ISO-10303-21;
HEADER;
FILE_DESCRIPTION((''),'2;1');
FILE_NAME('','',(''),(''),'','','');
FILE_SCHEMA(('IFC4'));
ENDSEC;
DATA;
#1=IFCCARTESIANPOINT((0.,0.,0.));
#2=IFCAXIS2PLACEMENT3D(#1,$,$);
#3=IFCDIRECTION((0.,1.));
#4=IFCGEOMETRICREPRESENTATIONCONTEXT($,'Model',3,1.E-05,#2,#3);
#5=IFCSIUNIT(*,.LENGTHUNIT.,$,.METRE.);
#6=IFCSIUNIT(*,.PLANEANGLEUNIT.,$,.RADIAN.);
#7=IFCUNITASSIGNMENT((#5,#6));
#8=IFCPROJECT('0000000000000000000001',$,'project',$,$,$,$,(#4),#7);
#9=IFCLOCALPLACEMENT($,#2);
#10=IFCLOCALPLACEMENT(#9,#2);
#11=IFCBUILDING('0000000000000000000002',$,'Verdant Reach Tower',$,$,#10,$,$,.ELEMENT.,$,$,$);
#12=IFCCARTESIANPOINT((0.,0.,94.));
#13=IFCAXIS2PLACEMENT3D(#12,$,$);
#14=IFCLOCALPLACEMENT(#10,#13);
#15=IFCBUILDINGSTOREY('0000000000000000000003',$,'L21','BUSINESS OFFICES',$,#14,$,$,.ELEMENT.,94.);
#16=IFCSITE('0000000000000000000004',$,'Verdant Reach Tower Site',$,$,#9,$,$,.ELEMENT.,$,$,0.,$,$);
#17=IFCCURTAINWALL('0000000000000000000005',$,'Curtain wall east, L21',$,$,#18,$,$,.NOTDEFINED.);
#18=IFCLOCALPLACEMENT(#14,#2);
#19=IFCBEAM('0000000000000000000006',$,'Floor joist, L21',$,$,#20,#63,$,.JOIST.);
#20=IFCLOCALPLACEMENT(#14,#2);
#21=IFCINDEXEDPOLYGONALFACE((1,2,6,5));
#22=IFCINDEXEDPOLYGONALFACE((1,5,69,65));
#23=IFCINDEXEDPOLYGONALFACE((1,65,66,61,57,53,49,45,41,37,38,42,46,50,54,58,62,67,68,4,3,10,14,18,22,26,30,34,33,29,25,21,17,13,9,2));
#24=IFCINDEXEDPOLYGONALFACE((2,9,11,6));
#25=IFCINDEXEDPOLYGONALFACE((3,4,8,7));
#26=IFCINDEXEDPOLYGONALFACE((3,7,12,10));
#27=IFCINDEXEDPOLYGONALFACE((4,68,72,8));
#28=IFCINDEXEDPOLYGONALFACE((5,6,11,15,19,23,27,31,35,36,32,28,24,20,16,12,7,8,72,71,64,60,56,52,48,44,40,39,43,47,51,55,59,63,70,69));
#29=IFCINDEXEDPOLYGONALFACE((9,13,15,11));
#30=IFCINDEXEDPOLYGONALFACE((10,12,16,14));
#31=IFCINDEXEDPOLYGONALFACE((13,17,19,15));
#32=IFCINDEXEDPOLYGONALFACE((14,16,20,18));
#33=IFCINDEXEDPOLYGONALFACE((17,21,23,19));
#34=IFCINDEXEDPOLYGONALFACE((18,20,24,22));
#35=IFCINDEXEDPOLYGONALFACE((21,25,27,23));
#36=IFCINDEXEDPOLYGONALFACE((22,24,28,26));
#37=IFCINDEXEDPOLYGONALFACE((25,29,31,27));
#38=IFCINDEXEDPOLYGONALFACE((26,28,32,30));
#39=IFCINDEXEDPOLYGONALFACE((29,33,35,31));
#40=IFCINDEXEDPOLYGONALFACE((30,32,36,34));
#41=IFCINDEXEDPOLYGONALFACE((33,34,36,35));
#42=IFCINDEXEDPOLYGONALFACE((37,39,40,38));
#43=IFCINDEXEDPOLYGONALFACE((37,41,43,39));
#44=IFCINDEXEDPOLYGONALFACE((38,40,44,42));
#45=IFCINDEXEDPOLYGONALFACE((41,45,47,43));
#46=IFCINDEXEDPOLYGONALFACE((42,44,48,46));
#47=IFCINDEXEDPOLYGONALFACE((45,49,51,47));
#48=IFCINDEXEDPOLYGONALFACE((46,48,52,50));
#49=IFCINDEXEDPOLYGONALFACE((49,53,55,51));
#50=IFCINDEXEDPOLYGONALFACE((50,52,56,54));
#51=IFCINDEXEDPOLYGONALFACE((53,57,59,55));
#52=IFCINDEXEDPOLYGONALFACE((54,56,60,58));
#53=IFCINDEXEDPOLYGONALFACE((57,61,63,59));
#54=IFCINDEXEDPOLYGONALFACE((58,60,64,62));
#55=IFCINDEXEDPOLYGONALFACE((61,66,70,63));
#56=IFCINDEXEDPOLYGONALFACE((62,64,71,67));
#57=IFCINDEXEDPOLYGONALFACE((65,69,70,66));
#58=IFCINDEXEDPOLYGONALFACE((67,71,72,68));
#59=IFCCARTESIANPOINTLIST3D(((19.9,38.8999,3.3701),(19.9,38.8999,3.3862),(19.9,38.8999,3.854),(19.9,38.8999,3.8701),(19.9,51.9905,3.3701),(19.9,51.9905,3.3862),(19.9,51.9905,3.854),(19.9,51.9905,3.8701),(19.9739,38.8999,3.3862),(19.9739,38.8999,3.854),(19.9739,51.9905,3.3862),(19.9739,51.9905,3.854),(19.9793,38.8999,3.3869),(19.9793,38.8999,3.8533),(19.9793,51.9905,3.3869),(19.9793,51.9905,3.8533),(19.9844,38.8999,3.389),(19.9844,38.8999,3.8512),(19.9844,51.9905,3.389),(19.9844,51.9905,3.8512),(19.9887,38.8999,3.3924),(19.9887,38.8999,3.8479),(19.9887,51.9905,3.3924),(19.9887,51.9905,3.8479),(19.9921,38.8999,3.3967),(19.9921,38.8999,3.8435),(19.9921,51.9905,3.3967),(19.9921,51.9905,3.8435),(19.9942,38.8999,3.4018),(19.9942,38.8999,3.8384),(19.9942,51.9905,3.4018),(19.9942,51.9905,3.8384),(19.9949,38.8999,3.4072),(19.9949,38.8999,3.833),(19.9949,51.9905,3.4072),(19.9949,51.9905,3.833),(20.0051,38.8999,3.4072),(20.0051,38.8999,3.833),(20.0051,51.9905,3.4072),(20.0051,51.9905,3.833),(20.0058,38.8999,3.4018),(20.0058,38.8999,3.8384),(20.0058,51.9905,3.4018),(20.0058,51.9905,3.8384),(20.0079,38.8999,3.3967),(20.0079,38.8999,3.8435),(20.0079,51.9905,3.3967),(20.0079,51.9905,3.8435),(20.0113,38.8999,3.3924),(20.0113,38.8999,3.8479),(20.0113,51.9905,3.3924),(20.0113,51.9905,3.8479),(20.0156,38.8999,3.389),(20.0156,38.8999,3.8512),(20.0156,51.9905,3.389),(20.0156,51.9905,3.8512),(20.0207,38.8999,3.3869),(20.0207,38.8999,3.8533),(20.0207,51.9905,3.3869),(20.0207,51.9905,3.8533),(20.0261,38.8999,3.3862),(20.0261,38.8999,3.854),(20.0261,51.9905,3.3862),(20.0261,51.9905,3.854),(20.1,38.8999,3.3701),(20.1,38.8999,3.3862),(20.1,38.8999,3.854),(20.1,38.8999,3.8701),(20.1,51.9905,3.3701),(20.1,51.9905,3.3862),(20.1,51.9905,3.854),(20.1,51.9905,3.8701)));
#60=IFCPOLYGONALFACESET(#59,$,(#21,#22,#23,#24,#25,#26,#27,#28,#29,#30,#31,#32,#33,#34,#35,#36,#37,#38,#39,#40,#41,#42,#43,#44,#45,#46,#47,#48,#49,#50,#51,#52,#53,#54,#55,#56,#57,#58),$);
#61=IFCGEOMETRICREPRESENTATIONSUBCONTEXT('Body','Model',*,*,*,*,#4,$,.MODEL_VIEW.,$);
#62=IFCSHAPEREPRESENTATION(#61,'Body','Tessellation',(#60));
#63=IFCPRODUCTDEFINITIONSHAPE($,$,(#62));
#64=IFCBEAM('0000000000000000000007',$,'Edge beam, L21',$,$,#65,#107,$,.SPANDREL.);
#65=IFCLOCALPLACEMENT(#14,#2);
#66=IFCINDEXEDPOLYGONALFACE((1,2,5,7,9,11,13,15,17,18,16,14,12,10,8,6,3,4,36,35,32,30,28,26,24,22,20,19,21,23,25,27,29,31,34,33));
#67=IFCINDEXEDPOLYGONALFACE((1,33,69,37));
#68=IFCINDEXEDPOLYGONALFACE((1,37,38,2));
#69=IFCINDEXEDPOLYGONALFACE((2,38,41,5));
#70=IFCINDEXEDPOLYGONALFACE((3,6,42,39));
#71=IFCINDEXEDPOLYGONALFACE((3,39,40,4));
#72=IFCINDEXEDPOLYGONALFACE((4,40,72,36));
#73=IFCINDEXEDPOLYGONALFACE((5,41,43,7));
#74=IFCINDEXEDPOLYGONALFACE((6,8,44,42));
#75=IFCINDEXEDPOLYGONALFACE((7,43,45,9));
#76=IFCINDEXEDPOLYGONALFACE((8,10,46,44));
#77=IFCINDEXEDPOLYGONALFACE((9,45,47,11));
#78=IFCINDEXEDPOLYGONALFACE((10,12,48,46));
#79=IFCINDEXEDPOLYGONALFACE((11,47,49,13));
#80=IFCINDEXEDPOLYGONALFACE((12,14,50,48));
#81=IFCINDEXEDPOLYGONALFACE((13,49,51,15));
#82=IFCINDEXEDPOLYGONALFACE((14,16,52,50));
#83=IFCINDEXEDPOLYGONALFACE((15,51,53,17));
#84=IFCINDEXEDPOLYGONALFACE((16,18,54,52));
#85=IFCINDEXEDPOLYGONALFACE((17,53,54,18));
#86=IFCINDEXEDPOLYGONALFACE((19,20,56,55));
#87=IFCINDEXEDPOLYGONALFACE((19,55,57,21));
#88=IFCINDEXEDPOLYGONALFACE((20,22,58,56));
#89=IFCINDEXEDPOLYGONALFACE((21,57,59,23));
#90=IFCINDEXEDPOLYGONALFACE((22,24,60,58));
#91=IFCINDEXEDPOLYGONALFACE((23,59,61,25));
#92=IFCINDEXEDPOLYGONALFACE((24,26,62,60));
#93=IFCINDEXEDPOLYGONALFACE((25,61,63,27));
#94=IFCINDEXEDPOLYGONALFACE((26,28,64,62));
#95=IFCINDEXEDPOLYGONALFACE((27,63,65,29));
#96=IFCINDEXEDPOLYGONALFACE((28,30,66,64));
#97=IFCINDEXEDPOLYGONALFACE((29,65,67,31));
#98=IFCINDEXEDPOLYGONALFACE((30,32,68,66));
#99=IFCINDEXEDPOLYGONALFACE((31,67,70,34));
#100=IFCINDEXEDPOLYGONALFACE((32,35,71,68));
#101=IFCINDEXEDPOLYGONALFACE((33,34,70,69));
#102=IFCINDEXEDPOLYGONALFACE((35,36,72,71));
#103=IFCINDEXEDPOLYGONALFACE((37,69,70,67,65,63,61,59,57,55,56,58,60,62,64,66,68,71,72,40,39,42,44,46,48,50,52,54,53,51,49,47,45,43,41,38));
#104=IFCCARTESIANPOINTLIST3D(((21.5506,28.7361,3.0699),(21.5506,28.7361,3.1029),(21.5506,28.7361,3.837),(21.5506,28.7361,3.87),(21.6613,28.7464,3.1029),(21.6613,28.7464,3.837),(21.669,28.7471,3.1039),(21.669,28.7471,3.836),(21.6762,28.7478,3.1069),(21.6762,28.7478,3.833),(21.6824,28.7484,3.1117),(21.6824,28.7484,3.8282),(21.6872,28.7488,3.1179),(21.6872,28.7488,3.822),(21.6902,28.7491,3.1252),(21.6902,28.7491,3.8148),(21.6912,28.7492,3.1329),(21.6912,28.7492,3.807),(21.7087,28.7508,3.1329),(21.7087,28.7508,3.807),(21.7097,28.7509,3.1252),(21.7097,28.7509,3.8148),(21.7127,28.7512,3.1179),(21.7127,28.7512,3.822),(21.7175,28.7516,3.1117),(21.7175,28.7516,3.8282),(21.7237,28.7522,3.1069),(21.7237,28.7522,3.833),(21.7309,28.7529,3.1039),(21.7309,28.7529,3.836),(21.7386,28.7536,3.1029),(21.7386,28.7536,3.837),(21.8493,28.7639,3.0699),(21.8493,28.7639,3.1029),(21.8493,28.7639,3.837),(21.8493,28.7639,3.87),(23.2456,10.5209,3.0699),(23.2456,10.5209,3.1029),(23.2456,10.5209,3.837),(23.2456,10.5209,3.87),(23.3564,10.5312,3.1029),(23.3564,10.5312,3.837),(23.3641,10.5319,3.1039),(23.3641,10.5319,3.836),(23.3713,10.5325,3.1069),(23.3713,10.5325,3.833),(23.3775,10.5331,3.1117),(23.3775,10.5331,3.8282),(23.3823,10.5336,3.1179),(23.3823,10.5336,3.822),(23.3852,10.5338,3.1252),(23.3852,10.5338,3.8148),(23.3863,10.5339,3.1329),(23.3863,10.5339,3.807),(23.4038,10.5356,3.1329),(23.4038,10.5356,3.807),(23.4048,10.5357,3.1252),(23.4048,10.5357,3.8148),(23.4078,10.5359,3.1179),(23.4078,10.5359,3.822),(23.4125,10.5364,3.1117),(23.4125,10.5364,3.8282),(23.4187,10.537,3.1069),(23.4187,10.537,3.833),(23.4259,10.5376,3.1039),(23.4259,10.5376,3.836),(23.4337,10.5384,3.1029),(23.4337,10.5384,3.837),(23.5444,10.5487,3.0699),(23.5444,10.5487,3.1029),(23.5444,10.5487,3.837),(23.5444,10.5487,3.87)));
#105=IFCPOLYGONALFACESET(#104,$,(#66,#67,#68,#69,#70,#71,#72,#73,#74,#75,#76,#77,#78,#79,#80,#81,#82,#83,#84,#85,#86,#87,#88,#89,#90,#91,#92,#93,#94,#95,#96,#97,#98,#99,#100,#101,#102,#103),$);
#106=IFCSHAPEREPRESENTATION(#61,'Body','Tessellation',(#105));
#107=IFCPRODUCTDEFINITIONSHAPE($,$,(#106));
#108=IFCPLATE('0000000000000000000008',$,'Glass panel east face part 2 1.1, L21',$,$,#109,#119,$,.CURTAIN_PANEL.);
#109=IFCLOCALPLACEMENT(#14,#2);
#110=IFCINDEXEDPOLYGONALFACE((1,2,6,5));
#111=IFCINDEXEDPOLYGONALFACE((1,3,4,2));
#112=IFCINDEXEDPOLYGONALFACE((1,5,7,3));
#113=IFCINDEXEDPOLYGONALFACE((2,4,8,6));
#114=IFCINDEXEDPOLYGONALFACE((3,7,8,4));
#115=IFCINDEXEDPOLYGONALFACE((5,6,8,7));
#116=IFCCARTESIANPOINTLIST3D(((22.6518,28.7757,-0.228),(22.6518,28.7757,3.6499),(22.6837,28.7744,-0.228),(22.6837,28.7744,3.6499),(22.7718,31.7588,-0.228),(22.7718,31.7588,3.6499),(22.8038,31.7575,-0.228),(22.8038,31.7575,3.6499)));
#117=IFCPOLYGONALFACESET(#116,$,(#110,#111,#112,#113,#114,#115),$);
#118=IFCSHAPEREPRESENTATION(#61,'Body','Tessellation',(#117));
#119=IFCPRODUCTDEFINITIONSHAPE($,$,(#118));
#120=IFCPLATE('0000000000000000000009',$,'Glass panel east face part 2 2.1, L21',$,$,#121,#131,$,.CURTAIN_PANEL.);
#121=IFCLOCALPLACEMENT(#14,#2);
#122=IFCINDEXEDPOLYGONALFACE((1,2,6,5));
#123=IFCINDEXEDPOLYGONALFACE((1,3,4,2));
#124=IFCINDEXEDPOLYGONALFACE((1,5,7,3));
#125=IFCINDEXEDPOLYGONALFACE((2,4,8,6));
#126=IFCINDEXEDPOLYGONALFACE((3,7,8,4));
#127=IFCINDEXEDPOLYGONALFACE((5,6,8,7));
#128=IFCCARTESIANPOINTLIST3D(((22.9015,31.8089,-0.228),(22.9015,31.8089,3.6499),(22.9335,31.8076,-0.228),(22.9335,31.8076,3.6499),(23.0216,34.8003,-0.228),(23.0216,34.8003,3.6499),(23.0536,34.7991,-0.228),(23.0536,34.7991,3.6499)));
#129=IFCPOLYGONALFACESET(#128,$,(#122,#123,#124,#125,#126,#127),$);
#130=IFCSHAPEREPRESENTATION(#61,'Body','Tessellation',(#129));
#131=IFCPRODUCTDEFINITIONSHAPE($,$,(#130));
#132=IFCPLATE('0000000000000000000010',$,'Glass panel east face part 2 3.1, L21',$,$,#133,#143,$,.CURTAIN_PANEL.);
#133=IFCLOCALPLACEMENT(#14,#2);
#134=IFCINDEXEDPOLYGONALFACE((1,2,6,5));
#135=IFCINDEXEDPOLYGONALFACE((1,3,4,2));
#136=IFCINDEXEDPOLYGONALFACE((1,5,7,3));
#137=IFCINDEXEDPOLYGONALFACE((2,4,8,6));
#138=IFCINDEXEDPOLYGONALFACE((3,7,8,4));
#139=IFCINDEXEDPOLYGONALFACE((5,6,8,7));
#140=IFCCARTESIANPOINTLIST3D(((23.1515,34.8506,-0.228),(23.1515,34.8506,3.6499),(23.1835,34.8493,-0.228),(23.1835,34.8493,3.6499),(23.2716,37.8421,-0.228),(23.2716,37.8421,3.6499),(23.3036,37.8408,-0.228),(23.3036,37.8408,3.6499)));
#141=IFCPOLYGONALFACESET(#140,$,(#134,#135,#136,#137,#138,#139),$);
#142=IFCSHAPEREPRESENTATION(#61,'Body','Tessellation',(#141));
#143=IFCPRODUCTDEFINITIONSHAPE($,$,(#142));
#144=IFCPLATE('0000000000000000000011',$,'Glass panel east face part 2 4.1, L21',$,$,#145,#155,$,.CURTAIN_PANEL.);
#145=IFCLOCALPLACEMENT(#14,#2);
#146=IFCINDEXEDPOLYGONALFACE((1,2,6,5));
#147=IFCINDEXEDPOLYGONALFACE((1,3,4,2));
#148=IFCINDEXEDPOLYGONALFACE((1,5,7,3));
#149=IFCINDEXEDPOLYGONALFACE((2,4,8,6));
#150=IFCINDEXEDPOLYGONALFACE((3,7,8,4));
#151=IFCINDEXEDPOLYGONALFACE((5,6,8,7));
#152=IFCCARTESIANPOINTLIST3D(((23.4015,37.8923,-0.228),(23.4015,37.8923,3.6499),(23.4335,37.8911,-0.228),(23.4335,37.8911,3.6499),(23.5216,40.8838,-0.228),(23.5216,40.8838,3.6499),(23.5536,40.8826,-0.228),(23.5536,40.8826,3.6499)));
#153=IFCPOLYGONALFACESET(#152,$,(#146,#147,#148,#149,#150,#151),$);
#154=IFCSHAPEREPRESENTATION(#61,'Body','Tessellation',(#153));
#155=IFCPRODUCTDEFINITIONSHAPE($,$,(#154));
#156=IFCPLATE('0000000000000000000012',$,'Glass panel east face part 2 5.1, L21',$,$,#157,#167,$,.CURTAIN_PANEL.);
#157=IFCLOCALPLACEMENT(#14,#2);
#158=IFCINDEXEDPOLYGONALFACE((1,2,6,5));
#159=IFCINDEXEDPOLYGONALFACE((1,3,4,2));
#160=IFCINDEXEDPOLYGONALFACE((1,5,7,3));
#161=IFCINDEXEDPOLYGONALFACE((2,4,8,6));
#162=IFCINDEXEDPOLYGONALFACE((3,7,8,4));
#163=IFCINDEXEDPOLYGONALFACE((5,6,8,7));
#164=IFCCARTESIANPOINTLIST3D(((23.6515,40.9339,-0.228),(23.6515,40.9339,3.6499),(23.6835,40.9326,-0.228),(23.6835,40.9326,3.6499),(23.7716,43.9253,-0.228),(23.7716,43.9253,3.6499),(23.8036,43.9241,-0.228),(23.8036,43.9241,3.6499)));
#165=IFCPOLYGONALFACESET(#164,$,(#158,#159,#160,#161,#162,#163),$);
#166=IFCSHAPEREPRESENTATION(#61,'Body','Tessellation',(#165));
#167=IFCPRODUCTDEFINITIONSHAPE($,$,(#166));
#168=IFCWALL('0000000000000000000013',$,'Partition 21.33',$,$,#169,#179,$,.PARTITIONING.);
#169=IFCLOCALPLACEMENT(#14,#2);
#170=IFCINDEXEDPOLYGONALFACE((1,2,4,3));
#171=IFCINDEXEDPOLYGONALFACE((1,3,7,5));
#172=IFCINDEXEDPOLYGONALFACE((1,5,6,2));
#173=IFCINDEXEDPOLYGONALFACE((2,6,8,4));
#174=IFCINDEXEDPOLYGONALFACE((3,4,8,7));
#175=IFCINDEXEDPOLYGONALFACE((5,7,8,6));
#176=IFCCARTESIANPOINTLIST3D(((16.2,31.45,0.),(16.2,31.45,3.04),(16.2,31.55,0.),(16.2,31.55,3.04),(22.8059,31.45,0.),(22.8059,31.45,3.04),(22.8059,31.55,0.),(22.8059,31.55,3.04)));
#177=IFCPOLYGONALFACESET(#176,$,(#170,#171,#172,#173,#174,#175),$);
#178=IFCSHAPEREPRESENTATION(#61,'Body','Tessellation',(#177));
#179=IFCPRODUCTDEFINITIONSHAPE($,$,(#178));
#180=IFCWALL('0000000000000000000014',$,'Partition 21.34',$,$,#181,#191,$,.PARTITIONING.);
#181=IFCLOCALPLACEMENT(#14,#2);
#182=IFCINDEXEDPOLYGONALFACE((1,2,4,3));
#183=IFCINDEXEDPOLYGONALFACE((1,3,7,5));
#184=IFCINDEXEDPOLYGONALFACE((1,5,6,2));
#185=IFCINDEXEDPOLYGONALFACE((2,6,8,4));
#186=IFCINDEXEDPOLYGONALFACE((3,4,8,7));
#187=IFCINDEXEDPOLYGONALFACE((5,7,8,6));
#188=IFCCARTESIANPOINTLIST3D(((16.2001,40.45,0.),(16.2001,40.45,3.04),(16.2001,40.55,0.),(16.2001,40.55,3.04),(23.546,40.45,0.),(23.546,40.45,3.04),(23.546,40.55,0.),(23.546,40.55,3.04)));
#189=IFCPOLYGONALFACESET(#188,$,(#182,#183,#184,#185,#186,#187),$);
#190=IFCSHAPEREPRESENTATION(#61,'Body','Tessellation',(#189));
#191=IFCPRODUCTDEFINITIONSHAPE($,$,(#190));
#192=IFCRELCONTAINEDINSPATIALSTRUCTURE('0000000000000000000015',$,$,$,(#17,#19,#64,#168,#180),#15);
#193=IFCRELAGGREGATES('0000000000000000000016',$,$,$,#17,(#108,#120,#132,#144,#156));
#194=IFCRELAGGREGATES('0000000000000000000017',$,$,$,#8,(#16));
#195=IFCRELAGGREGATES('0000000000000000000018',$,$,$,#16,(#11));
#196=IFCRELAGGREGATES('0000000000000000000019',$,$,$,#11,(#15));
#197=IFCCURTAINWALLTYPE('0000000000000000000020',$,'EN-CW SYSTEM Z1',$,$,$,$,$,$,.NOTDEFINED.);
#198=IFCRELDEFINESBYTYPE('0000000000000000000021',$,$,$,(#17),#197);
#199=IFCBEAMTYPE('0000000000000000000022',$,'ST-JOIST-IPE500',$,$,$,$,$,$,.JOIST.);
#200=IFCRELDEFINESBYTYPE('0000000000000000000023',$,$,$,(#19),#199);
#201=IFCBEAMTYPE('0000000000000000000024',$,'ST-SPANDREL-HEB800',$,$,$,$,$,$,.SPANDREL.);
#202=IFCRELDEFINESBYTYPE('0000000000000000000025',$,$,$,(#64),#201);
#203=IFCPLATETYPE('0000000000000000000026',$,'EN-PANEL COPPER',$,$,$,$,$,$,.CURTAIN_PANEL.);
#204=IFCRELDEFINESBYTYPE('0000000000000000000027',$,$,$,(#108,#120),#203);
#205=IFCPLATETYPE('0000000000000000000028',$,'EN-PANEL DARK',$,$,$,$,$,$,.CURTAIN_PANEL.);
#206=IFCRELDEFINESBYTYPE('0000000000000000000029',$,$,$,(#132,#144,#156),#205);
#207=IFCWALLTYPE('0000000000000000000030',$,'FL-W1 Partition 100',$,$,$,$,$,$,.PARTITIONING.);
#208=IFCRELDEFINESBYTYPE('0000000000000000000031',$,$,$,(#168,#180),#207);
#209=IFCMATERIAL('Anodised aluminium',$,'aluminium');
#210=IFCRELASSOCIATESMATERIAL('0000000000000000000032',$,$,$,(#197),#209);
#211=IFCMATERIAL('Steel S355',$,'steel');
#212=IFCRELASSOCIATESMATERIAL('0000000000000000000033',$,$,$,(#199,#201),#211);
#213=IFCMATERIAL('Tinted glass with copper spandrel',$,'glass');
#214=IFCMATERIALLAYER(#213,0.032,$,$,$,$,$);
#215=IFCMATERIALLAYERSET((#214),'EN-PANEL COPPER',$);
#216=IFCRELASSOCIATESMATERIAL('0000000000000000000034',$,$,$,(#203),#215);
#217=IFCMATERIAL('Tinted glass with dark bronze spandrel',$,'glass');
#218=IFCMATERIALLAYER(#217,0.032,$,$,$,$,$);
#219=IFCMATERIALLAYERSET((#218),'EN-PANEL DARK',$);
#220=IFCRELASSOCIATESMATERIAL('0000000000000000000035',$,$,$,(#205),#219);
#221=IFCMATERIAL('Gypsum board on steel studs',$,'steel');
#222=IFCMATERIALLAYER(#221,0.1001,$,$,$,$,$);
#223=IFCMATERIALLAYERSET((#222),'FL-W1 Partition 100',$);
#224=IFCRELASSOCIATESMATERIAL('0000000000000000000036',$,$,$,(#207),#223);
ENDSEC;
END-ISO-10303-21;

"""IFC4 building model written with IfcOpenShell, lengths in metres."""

from ifc_helpers import new_model, si_unit, direction, frame, frame_2d, origin, origin_2d, place, context, subcontext, project, spatial, rectangle, i_section, extrude, material, layer, layer_set, material_profile, profile_set, type_object, element, aggregate, save


model = new_model("IFC4")

# Units and contexts
model_context = context("Model", 3, precision=1e-05, world=origin(), true_north=direction((0.0, 1.0)))
body_context = subcontext(model_context, "Body", "Model", "MODEL_VIEW")
ifc_project = project(units=[si_unit("LENGTHUNIT", "METRE"), si_unit("PLANEANGLEUNIT", "RADIAN")], contexts=[model_context])

# Site, building, storey
site_placement = place(None, origin())
site = spatial("IfcSite", under=ifc_project, at=site_placement, Name="Verdant Reach Tower Site", CompositionType="ELEMENT", RefElevation=0.0)
building_placement = place(site_placement, origin())
building = spatial("IfcBuilding", under=site, at=building_placement, Name="Verdant Reach Tower", CompositionType="ELEMENT")
storey_placement = place(building_placement, frame((0.0, 0.0, 94.0)))
storey = spatial("IfcBuildingStorey", under=building, at=storey_placement, Name="L21", Description="BUSINESS OFFICES", CompositionType="ELEMENT", Elevation=94.0)

# Curtain wall
ifc_material_1 = material(Name="Anodised aluminium", Category="aluminium")
curtain_wall_type = type_object("IfcCurtainWallType", Name="EN-CW SYSTEM Z1", PredefinedType="NOTDEFINED", material=ifc_material_1)
curtain_wall_placement = place(storey_placement, origin())
curtain_wall = element("IfcCurtainWall", 1, at=curtain_wall_placement, inside=storey, type_object=curtain_wall_type, Name="Curtain wall east, L21", PredefinedType="NOTDEFINED")

# Beams
ifc_material_2 = material(Name="Steel S355", Category="steel")
ifc_material_profile_1 = material_profile(ifc_material_2, i_section(OverallWidth=0.2, OverallDepth=0.5, WebThickness=0.0103, FlangeThickness=0.0161, FilletRadius=0.021, at=origin_2d()), Name="IPE 500")
ifc_profile_set_1 = profile_set([ifc_material_profile_1], Name="Steel S355")
beam_type_1 = type_object("IfcBeamType", Name="ST-JOIST-IPE500", PredefinedType="JOIST", material=ifc_profile_set_1)
beam_1_placement = place(storey_placement, frame((20.0, 38.8999, 3.6201), z_axis=(0.0, 1.0, 0.0), x_axis=(-1.0, 0.0, 0.0)))
element("IfcBeam", 2, at=beam_1_placement, inside=storey, type_object=beam_type_1, Name="Floor joist, L21", PredefinedType="JOIST", context=body_context, shape_type="SweptSolid", body=[
    extrude(i_section(OverallWidth=0.2, OverallDepth=0.5, WebThickness=0.0103, FlangeThickness=0.0161, FilletRadius=0.021, at=origin_2d()), origin(), (0.0, 0.0, 1.0), 13.0906),
])
ifc_material_profile_2 = material_profile(ifc_material_2, i_section(OverallWidth=0.3, OverallDepth=0.8, WebThickness=0.0176, FlangeThickness=0.033, FilletRadius=0.03, at=origin_2d()), Name="HEB 800")
ifc_profile_set_2 = profile_set([ifc_material_profile_2], Name="Steel S355")
beam_type_2 = type_object("IfcBeamType", Name="ST-SPANDREL-HEB800", PredefinedType="SPANDREL", material=ifc_profile_set_2)
beam_2_placement = place(storey_placement, frame((21.7, 28.75, 3.47), z_axis=(0.092657, -0.995698, 0.0), x_axis=(0.995698, 0.092657, 0.0)))
element("IfcBeam", 3, at=beam_2_placement, inside=storey, type_object=beam_type_2, Name="Edge beam, L21", PredefinedType="SPANDREL", context=body_context, shape_type="SweptSolid", body=[
    extrude(i_section(OverallWidth=0.3, OverallDepth=0.8, WebThickness=0.0176, FlangeThickness=0.033, FilletRadius=0.03, at=origin_2d()), origin(), (0.0, 0.0, 1.0), 18.2939),
])

# Plates
ifc_material_3 = material(Name="Tinted glass with copper spandrel", Category="glass")
ifc_layer_1 = layer(ifc_material_3, 0.032)
ifc_layer_set_1 = layer_set([ifc_layer_1], Name="EN-PANEL COPPER")
plate_type_1 = type_object("IfcPlateType", Name="EN-PANEL COPPER", PredefinedType="CURTAIN_PANEL", material=ifc_layer_set_1)
plate_1_placement = place(storey_placement, frame((22.7278, 30.2666, -0.228), z_axis=(0.0, 0.0, 1.0), x_axis=(0.040222, 0.999191, 0.0)))
plate_1 = element("IfcPlate", 4, at=plate_1_placement, type_object=plate_type_1, Name="Glass panel east face part 2 1.1, L21", PredefinedType="CURTAIN_PANEL", context=body_context, shape_type="SweptSolid", body=[
    extrude(rectangle(XDim=2.9856, YDim=0.032, at=origin_2d()), origin(), (0.0, 0.0, 1.0), 3.8779),
])
plate_2_placement = place(storey_placement, frame((22.9775, 33.304, -0.228), z_axis=(0.0, 0.0, 1.0), x_axis=(0.040109, 0.999195, 0.0)))
plate_2 = element("IfcPlate", 5, at=plate_2_placement, type_object=plate_type_1, Name="Glass panel east face part 2 2.1, L21", PredefinedType="CURTAIN_PANEL", context=body_context, shape_type="SweptSolid", body=[
    extrude(rectangle(XDim=2.9939, YDim=0.032, at=origin_2d()), origin(), (0.0, 0.0, 1.0), 3.8779),
])
ifc_material_4 = material(Name="Tinted glass with dark bronze spandrel", Category="glass")
ifc_layer_2 = layer(ifc_material_4, 0.032)
ifc_layer_set_2 = layer_set([ifc_layer_2], Name="EN-PANEL DARK")
plate_type_2 = type_object("IfcPlateType", Name="EN-PANEL DARK", PredefinedType="CURTAIN_PANEL", material=ifc_layer_set_2)
plate_3_placement = place(storey_placement, frame((23.2275, 36.3457, -0.228), z_axis=(0.0, 0.0, 1.0), x_axis=(0.040109, 0.999195, 0.0)))
plate_3 = element("IfcPlate", 6, at=plate_3_placement, type_object=plate_type_2, Name="Glass panel east face part 2 3.1, L21", PredefinedType="CURTAIN_PANEL", context=body_context, shape_type="SweptSolid", body=[
    extrude(rectangle(XDim=2.9939, YDim=0.032, at=origin_2d()), origin(), (0.0, 0.0, 1.0), 3.8779),
])
plate_4_placement = place(storey_placement, frame((23.4775, 39.3875, -0.228), z_axis=(0.0, 0.0, 1.0), x_axis=(0.040109, 0.999195, 0.0)))
plate_4 = element("IfcPlate", 7, at=plate_4_placement, type_object=plate_type_2, Name="Glass panel east face part 2 4.1, L21", PredefinedType="CURTAIN_PANEL", context=body_context, shape_type="SweptSolid", body=[
    extrude(rectangle(XDim=2.9939, YDim=0.032, at=origin_2d()), origin(), (0.0, 0.0, 1.0), 3.8779),
])
plate_5_placement = place(storey_placement, frame((23.7275, 42.429, -0.228), z_axis=(0.0, 0.0, 1.0), x_axis=(0.040109, 0.999195, 0.0)))
plate_5 = element("IfcPlate", 8, at=plate_5_placement, type_object=plate_type_2, Name="Glass panel east face part 2 5.1, L21", PredefinedType="CURTAIN_PANEL", context=body_context, shape_type="SweptSolid", body=[
    extrude(rectangle(XDim=2.9939, YDim=0.032, at=origin_2d()), origin(), (0.0, 0.0, 1.0), 3.8779),
])
aggregate(curtain_wall, [plate_1, plate_2, plate_3, plate_4, plate_5])

# Walls
ifc_material_5 = material(Name="Gypsum board on steel studs", Category="steel")
ifc_layer_3 = layer(ifc_material_5, 0.1001)
ifc_layer_set_3 = layer_set([ifc_layer_3], Name="FL-W1 Partition 100")
wall_type_1 = type_object("IfcWallType", Name="FL-W1 Partition 100", PredefinedType="PARTITIONING", material=ifc_layer_set_3)
wall_1_placement = place(storey_placement, frame((22.8059, 31.5, 0.0), z_axis=(0.0, 0.0, 1.0), x_axis=(-1.0, 0.0, 0.0)))
element("IfcWall", 9, at=wall_1_placement, inside=storey, type_object=wall_type_1, Name="Partition 21.33", PredefinedType="PARTITIONING", context=body_context, shape_type="SweptSolid", body=[
    extrude(rectangle(XDim=6.606, YDim=0.1001, at=frame_2d((3.303, 0.0))), origin(), (0.0, 0.0, 1.0), 3.04),
])
wall_2_placement = place(storey_placement, frame((23.5459, 40.5, 0.0), z_axis=(0.0, 0.0, 1.0), x_axis=(-1.0, 0.0, 0.0)))
element("IfcWall", 10, at=wall_2_placement, inside=storey, type_object=wall_type_1, Name="Partition 21.34", PredefinedType="PARTITIONING", context=body_context, shape_type="SweptSolid", body=[
    extrude(rectangle(XDim=7.3459, YDim=0.1001, at=frame_2d((3.6729, 0.0))), origin(), (0.0, 0.0, 1.0), 3.04),
])

save(model, "model.ifc")
